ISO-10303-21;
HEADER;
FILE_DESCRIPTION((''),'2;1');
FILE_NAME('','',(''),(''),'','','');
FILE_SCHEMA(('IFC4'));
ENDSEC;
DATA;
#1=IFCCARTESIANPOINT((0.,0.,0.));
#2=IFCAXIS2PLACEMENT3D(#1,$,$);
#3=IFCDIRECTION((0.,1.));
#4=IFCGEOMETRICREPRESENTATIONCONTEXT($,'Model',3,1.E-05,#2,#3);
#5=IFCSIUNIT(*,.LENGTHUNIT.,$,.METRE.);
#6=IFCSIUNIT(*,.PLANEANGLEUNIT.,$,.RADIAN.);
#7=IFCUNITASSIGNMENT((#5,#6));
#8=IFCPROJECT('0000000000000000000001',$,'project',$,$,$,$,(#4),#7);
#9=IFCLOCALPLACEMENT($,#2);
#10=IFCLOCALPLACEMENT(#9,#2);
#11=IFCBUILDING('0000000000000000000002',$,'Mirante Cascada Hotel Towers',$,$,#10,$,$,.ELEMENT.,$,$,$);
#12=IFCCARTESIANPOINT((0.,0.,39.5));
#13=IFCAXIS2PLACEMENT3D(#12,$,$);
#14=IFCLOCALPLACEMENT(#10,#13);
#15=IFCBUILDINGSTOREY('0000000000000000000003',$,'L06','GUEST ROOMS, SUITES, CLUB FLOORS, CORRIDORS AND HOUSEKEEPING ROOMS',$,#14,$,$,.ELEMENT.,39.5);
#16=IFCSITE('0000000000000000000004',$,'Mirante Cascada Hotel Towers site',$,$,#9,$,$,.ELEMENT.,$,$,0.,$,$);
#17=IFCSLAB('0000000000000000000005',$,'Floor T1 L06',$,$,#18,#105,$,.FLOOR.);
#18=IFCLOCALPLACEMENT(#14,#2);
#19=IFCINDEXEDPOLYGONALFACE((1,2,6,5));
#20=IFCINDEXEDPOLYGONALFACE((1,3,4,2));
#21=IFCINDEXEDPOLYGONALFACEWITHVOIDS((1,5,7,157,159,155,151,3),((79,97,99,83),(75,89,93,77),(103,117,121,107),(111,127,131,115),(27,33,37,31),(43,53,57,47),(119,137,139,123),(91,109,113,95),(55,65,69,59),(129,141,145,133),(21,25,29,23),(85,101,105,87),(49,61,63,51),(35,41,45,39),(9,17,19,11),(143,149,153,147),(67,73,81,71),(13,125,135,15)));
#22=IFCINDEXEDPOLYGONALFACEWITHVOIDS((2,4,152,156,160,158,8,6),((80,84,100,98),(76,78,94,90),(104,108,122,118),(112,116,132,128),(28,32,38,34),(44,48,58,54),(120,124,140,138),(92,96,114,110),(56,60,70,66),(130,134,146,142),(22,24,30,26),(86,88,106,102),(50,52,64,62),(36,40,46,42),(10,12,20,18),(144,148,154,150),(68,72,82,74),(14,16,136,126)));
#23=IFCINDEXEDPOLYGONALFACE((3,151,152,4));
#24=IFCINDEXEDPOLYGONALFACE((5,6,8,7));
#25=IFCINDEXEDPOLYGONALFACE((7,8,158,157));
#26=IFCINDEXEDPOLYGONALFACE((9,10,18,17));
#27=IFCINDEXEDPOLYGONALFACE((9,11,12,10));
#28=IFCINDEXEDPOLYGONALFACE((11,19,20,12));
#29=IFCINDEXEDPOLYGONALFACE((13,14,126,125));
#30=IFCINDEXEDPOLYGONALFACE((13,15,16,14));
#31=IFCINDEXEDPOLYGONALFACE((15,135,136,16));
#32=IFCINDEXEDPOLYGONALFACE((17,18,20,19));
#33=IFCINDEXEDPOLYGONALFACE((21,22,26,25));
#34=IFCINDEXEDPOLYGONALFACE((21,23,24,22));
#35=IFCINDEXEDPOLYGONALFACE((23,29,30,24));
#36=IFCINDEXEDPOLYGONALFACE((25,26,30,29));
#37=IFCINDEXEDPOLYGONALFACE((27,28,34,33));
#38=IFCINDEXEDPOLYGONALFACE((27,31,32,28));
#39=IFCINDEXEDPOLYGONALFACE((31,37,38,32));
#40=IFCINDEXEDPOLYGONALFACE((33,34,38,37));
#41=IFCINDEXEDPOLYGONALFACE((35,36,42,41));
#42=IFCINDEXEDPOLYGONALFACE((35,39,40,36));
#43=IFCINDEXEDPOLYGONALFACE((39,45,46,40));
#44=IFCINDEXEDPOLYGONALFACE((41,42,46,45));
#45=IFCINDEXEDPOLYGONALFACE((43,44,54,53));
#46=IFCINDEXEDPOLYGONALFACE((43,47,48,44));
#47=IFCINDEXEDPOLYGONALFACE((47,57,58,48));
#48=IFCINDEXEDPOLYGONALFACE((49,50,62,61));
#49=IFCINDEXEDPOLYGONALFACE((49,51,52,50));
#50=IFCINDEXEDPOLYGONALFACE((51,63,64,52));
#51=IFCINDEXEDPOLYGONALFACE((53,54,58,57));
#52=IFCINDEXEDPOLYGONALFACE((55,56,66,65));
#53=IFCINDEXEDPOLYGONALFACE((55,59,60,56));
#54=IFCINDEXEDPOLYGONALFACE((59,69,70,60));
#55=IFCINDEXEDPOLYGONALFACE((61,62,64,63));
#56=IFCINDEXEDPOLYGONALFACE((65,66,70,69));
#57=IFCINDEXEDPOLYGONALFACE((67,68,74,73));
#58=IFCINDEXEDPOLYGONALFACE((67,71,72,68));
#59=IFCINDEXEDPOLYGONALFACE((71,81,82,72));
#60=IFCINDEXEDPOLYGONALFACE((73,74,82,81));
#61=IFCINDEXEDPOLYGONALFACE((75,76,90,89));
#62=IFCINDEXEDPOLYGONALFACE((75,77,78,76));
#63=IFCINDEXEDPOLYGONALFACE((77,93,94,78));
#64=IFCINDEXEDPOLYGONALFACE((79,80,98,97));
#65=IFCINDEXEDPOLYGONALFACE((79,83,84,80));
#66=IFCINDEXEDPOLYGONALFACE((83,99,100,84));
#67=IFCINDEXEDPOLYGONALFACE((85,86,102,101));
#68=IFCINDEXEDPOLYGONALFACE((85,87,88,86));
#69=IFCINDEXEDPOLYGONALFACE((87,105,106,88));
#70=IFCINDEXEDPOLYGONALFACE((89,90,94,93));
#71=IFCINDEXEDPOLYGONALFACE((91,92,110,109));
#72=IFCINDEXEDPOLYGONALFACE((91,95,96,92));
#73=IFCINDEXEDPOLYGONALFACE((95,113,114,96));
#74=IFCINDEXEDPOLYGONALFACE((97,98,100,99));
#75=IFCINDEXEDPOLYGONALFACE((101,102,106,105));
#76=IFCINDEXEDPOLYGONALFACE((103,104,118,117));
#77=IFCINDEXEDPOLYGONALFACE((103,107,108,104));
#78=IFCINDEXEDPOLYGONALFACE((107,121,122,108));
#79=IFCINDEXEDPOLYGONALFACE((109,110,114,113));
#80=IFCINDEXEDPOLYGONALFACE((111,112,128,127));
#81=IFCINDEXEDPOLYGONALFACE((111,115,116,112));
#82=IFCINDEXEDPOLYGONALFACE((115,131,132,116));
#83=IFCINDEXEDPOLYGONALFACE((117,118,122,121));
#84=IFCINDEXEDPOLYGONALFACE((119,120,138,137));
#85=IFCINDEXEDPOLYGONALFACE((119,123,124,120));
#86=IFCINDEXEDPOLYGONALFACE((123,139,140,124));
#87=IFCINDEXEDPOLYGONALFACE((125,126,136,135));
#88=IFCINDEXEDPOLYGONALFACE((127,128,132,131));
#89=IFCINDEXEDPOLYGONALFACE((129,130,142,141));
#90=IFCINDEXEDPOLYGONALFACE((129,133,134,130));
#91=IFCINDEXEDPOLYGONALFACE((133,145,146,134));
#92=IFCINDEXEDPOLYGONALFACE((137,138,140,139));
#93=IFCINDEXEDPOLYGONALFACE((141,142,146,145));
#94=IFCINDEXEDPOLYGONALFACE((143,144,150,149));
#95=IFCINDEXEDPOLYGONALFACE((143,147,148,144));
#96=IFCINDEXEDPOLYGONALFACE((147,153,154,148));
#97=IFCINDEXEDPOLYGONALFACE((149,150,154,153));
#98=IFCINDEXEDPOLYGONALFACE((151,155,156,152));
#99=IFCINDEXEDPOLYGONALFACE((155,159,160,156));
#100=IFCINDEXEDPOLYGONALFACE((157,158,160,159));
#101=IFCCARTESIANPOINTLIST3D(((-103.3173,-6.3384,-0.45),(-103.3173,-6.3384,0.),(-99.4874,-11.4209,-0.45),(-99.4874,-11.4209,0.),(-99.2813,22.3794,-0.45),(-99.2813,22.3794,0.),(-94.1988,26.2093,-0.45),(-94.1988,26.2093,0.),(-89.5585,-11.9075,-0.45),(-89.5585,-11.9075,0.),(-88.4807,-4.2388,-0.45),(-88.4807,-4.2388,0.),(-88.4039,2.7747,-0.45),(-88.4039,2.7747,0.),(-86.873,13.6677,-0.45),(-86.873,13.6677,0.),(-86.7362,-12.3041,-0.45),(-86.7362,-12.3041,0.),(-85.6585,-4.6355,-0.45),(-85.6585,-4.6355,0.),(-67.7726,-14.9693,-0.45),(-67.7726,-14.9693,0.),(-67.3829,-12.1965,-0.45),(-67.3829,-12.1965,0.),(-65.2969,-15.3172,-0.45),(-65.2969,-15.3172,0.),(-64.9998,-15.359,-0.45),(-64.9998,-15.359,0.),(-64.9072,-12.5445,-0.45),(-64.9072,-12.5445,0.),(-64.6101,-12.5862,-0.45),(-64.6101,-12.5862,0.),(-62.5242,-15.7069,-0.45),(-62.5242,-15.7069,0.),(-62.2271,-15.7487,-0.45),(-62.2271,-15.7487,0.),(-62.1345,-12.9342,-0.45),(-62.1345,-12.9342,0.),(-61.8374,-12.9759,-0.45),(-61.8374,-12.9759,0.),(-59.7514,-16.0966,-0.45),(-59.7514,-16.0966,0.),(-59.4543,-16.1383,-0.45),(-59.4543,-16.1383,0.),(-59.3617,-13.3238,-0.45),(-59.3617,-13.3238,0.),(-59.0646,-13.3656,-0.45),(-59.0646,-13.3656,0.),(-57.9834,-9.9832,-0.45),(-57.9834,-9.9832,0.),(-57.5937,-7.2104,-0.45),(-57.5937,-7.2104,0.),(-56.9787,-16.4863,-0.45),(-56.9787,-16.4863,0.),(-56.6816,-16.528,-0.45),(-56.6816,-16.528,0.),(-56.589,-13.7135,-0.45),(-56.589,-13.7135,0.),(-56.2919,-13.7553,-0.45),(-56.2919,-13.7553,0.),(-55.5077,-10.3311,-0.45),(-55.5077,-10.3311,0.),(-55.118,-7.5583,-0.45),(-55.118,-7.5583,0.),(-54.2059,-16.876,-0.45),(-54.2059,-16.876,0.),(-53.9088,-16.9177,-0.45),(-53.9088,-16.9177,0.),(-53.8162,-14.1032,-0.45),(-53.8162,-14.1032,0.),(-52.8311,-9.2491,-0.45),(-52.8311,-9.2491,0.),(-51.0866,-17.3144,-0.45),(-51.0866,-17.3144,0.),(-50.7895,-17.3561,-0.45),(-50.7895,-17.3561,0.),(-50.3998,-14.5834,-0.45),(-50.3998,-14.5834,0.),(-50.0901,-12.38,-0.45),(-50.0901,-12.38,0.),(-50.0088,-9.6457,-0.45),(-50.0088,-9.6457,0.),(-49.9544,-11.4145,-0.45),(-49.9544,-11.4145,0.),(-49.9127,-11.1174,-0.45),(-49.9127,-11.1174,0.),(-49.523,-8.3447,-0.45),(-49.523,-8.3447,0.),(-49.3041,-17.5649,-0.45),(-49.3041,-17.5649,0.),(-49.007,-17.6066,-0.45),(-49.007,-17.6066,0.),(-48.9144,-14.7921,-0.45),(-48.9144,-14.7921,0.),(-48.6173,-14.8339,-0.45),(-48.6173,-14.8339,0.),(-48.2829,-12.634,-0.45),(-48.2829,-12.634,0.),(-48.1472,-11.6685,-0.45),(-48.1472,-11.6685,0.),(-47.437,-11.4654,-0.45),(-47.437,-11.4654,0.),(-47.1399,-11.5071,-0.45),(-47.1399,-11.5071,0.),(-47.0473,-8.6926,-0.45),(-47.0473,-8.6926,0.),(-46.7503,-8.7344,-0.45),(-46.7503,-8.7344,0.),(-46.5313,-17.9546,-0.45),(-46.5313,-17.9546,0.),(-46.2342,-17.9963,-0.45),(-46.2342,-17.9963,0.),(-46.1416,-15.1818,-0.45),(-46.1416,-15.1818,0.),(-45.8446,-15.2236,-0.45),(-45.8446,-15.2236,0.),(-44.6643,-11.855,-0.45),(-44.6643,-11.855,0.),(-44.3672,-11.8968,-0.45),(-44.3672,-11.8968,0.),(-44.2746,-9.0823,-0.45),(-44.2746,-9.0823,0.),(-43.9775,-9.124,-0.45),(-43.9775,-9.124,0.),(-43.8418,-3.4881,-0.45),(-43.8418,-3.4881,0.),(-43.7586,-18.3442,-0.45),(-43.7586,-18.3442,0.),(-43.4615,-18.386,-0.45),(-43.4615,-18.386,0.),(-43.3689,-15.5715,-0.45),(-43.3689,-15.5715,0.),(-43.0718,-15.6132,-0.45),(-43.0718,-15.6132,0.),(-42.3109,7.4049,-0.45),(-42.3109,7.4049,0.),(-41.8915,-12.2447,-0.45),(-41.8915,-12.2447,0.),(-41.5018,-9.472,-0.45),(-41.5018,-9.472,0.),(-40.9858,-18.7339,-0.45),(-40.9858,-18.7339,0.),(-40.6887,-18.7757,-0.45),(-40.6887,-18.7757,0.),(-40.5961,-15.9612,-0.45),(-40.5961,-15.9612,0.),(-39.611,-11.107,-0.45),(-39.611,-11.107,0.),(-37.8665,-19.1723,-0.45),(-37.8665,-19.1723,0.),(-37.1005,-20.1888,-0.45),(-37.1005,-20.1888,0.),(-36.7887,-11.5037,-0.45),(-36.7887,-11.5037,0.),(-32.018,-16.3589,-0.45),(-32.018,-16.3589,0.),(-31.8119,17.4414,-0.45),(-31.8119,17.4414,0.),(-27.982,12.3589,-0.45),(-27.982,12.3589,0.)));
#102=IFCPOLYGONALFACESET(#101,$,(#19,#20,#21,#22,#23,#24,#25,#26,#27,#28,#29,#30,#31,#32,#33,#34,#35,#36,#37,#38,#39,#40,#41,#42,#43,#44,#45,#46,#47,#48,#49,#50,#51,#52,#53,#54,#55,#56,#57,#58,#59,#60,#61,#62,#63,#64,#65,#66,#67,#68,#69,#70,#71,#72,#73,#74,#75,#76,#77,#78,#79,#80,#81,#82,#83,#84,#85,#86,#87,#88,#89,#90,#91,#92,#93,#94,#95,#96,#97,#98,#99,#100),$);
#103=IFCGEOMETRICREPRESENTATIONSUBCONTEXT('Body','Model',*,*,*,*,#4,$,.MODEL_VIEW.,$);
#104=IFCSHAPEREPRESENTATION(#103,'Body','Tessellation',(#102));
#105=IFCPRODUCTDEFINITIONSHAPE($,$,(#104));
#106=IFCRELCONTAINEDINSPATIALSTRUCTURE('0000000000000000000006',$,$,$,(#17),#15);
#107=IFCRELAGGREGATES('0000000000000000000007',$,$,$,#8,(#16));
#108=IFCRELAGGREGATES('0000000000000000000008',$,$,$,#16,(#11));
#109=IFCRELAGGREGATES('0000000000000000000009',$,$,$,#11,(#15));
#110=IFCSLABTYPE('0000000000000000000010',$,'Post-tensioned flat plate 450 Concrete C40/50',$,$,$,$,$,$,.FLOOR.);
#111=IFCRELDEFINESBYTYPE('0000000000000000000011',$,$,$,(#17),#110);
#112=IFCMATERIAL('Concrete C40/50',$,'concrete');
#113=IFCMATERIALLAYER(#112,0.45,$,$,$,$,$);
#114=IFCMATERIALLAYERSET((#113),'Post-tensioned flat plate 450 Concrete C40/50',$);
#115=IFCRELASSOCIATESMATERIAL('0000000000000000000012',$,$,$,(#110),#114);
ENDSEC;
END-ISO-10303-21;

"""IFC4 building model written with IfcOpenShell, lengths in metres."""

from ifc_helpers import new_model, si_unit, direction, frame, origin, place, context, subcontext, project, spatial, polyline, outline, extrude, material, layer, layer_set, type_object, element, save


model = new_model("IFC4")

# Units and contexts
model_context = context("Model", 3, precision=1e-05, world=origin(), true_north=direction((0.0, 1.0)))
body_context = subcontext(model_context, "Body", "Model", "MODEL_VIEW")
ifc_project = project(units=[si_unit("LENGTHUNIT", "METRE"), si_unit("PLANEANGLEUNIT", "RADIAN")], contexts=[model_context])

# Site, building, storey
site_placement = place(None, origin())
site = spatial("IfcSite", under=ifc_project, at=site_placement, Name="Mirante Cascada Hotel Towers site", CompositionType="ELEMENT", RefElevation=0.0)
building_placement = place(site_placement, origin())
building = spatial("IfcBuilding", under=site, at=building_placement, Name="Mirante Cascada Hotel Towers", CompositionType="ELEMENT")
storey_placement = place(building_placement, frame((0.0, 0.0, 39.5)))
storey = spatial("IfcBuildingStorey", under=building, at=storey_placement, Name="L06", Description="GUEST ROOMS, SUITES, CLUB FLOORS, CORRIDORS AND HOUSEKEEPING ROOMS", CompositionType="ELEMENT", Elevation=39.5)

# Slab
ifc_material_1 = material(Name="Concrete C40/50", Category="concrete")
ifc_layer_1 = layer(ifc_material_1, 0.45)
ifc_layer_set_1 = layer_set([ifc_layer_1], Name="Post-tensioned flat plate 450 Concrete C40/50")
slab_type = type_object("IfcSlabType", Name="Post-tensioned flat plate 450 Concrete C40/50", PredefinedType="FLOOR", material=ifc_layer_set_1)
slab_1_placement = place(storey_placement, frame((0.0, 0.0, -0.45)))
element("IfcSlab", 1, at=slab_1_placement, inside=storey, type_object=slab_type, Name="Floor T1 L06", PredefinedType="FLOOR", context=body_context, shape_type="SweptSolid", body=[
    extrude(outline(polyline([(-32.018, -16.3589), (-27.982, 12.3589), (-31.8119, 17.4414), (-94.1988, 26.2093), (-99.2813, 22.3794), (-103.3173, -6.3384), (-99.4874, -11.4209), (-37.1005, -20.1888), (-32.018, -16.3589)]), holes=[polyline([(-43.0718, -15.6132), (-40.5961, -15.9612), (-40.9858, -18.7339), (-43.4615, -18.386), (-43.0718, -15.6132)]), polyline([(-45.8446, -15.2236), (-43.3689, -15.5715), (-43.7586, -18.3442), (-46.2342, -17.9963), (-45.8446, -15.2236)]), polyline([(-48.6173, -14.8339), (-46.1416, -15.1818), (-46.5313, -17.9546), (-49.007, -17.6066), (-48.6173, -14.8339)]), polyline([(-50.3998, -14.5834), (-48.9144, -14.7921), (-49.3041, -17.5649), (-50.7895, -17.3561), (-50.3998, -14.5834)]), polyline([(-36.7887, -11.5037), (-37.8665, -19.1723), (-40.6887, -18.7757), (-39.611, -11.107), (-36.7887, -11.5037)]), polyline([(-49.9544, -11.4145), (-48.1472, -11.6685), (-48.2829, -12.634), (-50.0901, -12.38), (-49.9544, -11.4145)]), polyline([(-43.9775, -9.124), (-41.5018, -9.472), (-41.8915, -12.2447), (-44.3672, -11.8968), (-43.9775, -9.124)]), polyline([(-47.1399, -11.5071), (-46.7503, -8.7344), (-44.2746, -9.0823), (-44.6643, -11.855), (-47.1399, -11.5071)]), polyline([(-49.9127, -11.1174), (-49.523, -8.3447), (-47.0473, -8.6926), (-47.437, -11.4654), (-49.9127, -11.1174)]), polyline([(-56.2919, -13.7553), (-53.8162, -14.1032), (-54.2059, -16.876), (-56.6816, -16.528), (-56.2919, -13.7553)]), polyline([(-59.0646, -13.3656), (-56.589, -13.7135), (-56.9787, -16.4863), (-59.4543, -16.1383), (-59.0646, -13.3656)]), polyline([(-61.8374, -12.9759), (-59.3617, -13.3238), (-59.7514, -16.0966), (-62.2271, -15.7487), (-61.8374, -12.9759)]), polyline([(-64.6101, -12.5862), (-62.1345, -12.9342), (-62.5242, -15.7069), (-64.9998, -15.359), (-64.6101, -12.5862)]), polyline([(-67.3829, -12.1965), (-64.9072, -12.5445), (-65.2969, -15.3172), (-67.7726, -14.9693), (-67.3829, -12.1965)]), polyline([(-50.0088, -9.6457), (-51.0866, -17.3144), (-53.9088, -16.9177), (-52.8311, -9.2491), (-50.0088, -9.6457)]), polyline([(-85.6585, -4.6355), (-86.7362, -12.3041), (-89.5585, -11.9075), (-88.4807, -4.2388), (-85.6585, -4.6355)]), polyline([(-57.9834, -9.9832), (-57.5937, -7.2104), (-55.118, -7.5583), (-55.5077, -10.3311), (-57.9834, -9.9832)]), polyline([(-88.4039, 2.7747), (-86.873, 13.6677), (-42.3109, 7.4049), (-43.8418, -3.4881), (-88.4039, 2.7747)])]), origin(), (0.0, 0.0, 1.0), 0.45),
])

save(model, "model.ifc")
